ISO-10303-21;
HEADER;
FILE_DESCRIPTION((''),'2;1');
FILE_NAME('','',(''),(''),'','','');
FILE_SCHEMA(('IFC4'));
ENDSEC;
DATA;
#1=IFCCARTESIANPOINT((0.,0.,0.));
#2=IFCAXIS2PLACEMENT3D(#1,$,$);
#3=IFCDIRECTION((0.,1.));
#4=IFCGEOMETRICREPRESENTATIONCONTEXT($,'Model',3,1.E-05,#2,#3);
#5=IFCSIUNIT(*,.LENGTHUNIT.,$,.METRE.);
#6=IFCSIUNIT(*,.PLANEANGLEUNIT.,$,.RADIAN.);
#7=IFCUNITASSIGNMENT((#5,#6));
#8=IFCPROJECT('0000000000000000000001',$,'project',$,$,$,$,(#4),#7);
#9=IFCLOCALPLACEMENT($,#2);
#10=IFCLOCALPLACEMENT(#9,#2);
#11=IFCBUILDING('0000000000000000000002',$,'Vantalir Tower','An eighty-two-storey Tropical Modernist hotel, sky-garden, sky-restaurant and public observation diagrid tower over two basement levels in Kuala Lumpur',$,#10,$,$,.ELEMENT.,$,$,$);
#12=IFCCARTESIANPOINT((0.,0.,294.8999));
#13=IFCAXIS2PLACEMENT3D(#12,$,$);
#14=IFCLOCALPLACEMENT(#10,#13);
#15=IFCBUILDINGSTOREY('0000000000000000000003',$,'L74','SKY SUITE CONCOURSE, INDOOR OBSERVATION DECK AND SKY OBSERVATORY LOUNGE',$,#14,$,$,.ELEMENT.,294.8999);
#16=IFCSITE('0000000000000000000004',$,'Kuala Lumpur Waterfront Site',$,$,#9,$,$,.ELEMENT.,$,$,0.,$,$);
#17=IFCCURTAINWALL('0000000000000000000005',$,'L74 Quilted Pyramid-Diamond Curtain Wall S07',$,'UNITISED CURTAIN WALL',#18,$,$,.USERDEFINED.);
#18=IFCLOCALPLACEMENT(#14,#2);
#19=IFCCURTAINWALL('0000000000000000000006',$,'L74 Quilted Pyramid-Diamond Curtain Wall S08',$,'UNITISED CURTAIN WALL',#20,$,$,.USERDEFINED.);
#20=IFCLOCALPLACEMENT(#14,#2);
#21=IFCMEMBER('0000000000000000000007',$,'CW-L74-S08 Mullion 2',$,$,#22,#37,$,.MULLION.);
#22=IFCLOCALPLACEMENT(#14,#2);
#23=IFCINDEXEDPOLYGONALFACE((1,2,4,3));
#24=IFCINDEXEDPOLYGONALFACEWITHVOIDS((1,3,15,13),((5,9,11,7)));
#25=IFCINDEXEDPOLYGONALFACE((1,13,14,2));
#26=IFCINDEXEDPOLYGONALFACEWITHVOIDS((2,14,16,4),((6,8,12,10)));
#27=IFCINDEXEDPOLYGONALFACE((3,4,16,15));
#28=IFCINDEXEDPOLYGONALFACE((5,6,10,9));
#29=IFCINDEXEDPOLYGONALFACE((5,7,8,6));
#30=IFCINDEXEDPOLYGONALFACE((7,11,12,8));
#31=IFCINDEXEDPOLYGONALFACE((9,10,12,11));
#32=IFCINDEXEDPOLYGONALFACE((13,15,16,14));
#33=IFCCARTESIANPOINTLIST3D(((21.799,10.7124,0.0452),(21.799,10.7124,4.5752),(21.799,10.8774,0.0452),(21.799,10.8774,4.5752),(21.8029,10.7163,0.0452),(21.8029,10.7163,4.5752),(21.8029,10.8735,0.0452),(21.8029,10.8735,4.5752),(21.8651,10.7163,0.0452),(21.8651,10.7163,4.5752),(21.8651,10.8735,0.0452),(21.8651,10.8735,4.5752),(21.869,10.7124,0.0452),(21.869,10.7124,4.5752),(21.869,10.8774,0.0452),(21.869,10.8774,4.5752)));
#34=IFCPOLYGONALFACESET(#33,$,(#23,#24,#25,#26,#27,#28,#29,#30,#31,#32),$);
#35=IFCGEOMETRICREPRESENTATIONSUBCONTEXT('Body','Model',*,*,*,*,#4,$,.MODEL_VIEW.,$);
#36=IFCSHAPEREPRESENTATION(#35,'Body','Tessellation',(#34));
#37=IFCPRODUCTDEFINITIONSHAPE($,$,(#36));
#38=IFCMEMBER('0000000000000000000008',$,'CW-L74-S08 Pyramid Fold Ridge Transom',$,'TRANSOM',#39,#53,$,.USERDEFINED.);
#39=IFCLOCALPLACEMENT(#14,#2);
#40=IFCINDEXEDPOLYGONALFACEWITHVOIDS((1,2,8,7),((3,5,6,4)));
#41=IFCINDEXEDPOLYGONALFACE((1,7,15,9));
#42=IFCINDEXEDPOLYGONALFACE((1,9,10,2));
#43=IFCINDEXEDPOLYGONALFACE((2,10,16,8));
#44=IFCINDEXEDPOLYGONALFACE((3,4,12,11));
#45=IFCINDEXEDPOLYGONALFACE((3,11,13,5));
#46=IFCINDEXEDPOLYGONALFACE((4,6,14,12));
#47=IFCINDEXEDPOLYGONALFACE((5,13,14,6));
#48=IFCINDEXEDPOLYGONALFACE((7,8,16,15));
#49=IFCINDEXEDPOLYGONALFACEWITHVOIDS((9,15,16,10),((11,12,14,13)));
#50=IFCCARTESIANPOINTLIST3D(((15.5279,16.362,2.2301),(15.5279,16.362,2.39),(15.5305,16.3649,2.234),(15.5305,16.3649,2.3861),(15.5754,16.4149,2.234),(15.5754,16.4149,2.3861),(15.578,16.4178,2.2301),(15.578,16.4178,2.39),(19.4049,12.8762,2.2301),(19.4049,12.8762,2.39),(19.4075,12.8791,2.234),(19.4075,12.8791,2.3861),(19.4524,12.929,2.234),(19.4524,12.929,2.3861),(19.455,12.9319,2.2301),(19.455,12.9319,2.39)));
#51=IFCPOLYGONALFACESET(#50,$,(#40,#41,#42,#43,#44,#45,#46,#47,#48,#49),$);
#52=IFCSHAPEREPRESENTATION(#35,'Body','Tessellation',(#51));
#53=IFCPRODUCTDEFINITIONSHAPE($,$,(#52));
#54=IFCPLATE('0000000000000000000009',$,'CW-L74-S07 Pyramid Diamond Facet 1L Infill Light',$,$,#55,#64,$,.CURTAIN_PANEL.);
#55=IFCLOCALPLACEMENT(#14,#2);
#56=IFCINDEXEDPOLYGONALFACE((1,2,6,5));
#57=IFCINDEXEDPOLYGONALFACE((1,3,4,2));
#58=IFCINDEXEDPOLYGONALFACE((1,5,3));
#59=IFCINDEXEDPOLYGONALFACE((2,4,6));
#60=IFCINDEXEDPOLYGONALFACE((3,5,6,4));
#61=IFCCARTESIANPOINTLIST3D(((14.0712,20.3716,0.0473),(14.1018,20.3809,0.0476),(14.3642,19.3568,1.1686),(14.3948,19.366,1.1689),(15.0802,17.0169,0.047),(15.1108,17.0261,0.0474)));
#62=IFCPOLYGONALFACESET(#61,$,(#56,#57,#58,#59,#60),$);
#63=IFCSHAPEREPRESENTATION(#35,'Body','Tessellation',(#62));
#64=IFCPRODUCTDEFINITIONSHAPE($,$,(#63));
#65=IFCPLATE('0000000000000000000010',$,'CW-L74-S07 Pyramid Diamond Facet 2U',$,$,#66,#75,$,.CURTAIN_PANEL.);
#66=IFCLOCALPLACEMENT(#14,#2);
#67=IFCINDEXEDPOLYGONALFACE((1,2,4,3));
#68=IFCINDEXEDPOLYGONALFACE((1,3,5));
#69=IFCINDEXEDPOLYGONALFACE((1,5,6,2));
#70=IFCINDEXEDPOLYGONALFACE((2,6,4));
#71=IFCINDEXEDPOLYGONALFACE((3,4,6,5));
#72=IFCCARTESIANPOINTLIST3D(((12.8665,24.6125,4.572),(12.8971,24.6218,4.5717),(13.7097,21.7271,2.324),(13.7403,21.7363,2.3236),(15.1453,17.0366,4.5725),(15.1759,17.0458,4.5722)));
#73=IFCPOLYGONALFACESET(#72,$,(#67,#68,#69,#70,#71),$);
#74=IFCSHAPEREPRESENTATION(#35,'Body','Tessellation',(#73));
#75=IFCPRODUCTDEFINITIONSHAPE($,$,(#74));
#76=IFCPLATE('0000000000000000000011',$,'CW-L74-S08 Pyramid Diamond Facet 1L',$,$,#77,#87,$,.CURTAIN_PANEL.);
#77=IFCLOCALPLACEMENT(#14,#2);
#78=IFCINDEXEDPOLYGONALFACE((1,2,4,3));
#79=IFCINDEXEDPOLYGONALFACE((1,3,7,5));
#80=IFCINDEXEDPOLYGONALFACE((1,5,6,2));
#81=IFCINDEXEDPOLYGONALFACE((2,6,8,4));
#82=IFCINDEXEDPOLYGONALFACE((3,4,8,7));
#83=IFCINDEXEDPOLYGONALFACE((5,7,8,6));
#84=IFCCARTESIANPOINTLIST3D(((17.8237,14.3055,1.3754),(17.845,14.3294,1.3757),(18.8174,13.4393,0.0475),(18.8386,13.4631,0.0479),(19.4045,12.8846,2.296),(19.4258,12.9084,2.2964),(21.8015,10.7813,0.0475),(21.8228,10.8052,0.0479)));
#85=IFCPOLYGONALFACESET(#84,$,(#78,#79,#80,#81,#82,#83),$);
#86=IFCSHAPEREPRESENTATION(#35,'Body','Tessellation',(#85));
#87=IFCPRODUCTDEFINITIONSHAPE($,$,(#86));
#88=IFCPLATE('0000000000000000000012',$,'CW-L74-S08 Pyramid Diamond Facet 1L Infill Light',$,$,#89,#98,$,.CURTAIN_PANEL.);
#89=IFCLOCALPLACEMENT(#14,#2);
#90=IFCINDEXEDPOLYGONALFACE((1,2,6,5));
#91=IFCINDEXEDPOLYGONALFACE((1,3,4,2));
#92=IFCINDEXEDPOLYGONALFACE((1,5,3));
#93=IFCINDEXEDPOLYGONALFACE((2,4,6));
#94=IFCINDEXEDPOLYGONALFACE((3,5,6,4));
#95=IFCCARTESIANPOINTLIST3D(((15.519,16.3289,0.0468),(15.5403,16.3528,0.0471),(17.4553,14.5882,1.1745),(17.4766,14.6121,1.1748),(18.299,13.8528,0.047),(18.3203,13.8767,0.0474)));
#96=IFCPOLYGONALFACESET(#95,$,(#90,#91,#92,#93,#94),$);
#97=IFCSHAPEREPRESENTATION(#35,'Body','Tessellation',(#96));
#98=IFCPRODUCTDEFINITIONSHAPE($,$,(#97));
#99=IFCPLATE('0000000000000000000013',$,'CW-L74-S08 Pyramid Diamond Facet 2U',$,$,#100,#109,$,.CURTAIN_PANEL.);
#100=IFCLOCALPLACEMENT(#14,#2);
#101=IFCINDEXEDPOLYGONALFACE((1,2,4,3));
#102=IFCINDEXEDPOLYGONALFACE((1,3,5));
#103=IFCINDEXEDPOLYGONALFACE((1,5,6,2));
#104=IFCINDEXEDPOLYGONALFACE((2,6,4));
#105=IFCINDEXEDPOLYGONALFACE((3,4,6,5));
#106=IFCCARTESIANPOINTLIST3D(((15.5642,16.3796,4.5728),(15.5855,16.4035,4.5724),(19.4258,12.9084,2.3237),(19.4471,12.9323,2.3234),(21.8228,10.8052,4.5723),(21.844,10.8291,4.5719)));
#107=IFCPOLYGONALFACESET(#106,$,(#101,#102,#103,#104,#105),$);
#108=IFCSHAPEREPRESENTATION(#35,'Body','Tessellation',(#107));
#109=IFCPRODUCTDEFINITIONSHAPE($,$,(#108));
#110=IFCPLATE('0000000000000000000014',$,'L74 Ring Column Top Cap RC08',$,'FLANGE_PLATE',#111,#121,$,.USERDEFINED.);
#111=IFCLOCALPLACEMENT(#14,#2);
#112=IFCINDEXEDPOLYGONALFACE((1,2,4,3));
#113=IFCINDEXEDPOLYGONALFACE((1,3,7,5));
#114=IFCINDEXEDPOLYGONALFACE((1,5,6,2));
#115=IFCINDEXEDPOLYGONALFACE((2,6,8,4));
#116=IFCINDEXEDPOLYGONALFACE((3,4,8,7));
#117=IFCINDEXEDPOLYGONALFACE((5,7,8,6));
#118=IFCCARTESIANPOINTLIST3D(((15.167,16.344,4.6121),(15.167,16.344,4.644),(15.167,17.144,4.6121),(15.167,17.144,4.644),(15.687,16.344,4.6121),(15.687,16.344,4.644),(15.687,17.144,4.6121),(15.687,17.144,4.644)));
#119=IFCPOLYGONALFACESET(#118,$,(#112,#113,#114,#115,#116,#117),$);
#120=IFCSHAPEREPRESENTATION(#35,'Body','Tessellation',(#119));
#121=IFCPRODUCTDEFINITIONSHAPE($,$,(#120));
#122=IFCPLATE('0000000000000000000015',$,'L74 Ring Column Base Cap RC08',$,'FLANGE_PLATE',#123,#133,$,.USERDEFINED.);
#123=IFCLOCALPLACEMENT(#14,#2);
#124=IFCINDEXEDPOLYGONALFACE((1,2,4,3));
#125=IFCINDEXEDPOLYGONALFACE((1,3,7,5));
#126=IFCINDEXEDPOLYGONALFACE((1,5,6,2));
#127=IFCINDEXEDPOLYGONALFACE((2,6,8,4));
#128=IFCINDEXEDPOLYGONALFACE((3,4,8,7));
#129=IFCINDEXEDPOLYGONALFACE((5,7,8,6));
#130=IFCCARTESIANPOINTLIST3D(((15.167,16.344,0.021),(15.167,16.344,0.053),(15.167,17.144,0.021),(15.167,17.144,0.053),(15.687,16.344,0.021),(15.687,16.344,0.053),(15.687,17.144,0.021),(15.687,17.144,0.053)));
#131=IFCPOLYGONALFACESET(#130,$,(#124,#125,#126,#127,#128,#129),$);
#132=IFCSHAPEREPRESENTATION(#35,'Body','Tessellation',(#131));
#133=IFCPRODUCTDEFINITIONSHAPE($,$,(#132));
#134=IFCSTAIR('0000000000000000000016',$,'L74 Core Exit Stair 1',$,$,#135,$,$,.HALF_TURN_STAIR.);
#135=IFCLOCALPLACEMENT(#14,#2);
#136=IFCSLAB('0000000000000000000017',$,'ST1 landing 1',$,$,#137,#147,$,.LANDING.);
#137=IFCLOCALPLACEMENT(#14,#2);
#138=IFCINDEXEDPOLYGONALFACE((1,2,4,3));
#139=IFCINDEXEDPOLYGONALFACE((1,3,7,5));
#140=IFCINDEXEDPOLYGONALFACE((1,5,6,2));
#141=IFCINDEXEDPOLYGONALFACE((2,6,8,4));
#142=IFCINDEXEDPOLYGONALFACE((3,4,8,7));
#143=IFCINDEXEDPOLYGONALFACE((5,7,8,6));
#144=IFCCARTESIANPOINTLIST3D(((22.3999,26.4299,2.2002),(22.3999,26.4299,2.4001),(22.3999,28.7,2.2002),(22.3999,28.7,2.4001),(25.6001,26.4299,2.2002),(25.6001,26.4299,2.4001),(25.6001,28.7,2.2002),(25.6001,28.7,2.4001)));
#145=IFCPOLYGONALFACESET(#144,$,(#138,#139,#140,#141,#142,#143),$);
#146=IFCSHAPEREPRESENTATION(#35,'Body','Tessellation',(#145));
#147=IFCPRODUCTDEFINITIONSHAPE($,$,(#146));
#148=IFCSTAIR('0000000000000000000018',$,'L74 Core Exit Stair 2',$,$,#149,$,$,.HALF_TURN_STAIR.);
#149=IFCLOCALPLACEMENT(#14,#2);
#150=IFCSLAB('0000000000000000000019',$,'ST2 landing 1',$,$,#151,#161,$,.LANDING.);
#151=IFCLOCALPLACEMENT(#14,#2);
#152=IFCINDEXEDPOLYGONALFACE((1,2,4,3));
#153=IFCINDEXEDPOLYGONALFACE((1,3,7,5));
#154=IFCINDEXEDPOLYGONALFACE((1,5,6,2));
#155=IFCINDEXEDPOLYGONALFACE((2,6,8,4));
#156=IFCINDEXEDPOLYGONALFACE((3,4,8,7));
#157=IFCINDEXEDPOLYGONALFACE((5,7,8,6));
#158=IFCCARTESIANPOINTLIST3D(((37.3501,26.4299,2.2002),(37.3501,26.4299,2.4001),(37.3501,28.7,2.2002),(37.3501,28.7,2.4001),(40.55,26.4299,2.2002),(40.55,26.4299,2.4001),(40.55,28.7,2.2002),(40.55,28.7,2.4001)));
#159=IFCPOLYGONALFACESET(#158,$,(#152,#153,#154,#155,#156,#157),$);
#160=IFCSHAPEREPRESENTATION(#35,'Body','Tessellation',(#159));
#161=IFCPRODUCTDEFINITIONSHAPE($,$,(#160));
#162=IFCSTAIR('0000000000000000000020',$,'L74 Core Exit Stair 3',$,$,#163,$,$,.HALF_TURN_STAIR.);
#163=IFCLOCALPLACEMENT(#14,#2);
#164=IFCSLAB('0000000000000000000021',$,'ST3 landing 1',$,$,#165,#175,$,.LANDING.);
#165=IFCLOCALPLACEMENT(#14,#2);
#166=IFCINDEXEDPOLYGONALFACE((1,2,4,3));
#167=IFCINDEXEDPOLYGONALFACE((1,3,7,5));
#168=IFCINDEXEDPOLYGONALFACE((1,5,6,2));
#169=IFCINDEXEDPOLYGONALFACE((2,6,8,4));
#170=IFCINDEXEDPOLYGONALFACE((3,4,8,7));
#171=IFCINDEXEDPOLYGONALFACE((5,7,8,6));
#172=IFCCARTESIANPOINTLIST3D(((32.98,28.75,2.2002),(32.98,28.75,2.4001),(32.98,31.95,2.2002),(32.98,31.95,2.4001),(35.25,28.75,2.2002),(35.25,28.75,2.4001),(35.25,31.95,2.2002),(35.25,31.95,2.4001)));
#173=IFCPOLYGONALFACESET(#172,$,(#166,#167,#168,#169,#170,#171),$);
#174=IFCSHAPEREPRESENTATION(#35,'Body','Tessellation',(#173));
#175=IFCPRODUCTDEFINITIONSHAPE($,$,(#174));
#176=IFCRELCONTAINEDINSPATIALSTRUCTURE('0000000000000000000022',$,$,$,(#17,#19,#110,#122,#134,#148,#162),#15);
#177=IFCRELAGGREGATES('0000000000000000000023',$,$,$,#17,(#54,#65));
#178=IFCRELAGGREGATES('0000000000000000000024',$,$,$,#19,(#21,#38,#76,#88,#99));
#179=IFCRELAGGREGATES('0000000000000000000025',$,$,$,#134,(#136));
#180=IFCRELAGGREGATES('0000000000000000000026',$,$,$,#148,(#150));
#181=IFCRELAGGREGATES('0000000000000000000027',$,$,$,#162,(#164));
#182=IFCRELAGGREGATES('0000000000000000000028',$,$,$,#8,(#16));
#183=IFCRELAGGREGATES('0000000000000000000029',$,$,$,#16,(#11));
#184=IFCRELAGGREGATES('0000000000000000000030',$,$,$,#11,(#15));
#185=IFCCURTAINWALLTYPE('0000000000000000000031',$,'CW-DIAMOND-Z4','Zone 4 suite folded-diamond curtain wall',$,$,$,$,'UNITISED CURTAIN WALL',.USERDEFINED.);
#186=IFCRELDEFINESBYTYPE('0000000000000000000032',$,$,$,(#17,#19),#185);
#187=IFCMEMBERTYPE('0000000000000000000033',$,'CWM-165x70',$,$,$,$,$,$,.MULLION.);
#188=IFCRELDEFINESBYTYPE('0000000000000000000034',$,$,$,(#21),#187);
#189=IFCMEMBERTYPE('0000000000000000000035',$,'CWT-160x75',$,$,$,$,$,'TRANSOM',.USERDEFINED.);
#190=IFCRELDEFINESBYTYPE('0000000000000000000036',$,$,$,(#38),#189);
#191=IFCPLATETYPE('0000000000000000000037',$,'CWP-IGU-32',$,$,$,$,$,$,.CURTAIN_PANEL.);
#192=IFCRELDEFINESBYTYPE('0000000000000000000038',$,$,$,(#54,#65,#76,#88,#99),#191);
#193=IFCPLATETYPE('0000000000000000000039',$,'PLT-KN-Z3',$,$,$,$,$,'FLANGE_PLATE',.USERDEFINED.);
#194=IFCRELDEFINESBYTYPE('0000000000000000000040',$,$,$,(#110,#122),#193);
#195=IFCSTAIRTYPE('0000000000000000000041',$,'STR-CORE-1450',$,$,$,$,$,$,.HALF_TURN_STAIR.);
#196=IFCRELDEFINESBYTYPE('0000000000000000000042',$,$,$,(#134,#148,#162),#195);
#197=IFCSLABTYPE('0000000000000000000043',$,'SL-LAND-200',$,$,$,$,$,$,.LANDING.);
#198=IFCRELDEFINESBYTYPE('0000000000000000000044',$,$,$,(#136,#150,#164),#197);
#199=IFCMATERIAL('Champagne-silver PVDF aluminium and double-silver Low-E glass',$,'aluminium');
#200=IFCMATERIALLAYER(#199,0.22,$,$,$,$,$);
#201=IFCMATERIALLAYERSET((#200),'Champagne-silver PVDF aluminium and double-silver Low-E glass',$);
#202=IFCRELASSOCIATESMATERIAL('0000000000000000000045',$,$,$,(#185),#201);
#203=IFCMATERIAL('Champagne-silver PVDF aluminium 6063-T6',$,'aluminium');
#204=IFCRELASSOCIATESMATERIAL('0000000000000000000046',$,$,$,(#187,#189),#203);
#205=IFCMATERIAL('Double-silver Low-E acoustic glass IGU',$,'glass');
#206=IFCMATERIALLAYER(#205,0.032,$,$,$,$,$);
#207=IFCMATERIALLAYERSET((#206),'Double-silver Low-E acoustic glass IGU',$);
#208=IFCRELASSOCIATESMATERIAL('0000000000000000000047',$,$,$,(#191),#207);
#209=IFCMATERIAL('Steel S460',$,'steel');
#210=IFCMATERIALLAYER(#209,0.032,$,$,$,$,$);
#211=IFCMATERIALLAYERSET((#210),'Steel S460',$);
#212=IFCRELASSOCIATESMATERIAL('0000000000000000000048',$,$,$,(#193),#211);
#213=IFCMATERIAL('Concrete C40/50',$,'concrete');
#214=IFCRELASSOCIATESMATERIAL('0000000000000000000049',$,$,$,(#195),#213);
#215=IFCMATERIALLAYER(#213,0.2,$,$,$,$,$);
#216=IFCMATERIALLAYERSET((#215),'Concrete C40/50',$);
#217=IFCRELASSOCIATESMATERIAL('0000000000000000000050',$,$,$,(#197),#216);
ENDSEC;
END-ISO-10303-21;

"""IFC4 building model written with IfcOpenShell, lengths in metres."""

from ifc_helpers import new_model, si_unit, direction, frame, origin, origin_2d, place, context, subcontext, project, spatial, polyline, hollow_rectangle, outline, extrude, material, layer, layer_set, material_profile, profile_set, type_object, element, aggregate, save


model = new_model("IFC4")

# Units and contexts
model_context = context("Model", 3, precision=1e-05, world=origin(), true_north=direction((0.0, 1.0)))
body_context = subcontext(model_context, "Body", "Model", "MODEL_VIEW")
ifc_project = project(units=[si_unit("LENGTHUNIT", "METRE"), si_unit("PLANEANGLEUNIT", "RADIAN")], contexts=[model_context])

# Site, building, storey
site_placement = place(None, origin())
site = spatial("IfcSite", under=ifc_project, at=site_placement, Name="Kuala Lumpur Waterfront Site", CompositionType="ELEMENT", RefElevation=0.0)
building_placement = place(site_placement, origin())
building = spatial("IfcBuilding", under=site, at=building_placement, Name="Vantalir Tower", Description="An eighty-two-storey Tropical Modernist hotel, sky-garden, sky-restaurant and public observation diagrid tower over two basement levels in Kuala Lumpur", CompositionType="ELEMENT")
storey_placement = place(building_placement, frame((0.0, 0.0, 294.8999)))
storey = spatial("IfcBuildingStorey", under=building, at=storey_placement, Name="L74", Description="SKY SUITE CONCOURSE, INDOOR OBSERVATION DECK AND SKY OBSERVATORY LOUNGE", CompositionType="ELEMENT", Elevation=294.8999)

# Shared definitions
ifc_material_1 = material(Name="Steel S460", Category="steel")

# Curtain wall
ifc_material_2 = material(Name="Champagne-silver PVDF aluminium and double-silver Low-E glass", Category="aluminium")
ifc_layer_1 = layer(ifc_material_2, 0.22)
ifc_layer_set_1 = layer_set([ifc_layer_1], Name="Champagne-silver PVDF aluminium and double-silver Low-E glass")
curtain_wall_type = type_object("IfcCurtainWallType", Name="CW-DIAMOND-Z4", Description="Zone 4 suite folded-diamond curtain wall", ElementType="UNITISED CURTAIN WALL", PredefinedType="USERDEFINED", material=ifc_layer_set_1)
curtain_wall_1_placement = place(storey_placement, origin())
curtain_wall_1 = element("IfcCurtainWall", 1, at=curtain_wall_1_placement, inside=storey, type_object=curtain_wall_type, Name="L74 Quilted Pyramid-Diamond Curtain Wall S07", ObjectType="UNITISED CURTAIN WALL", PredefinedType="USERDEFINED")
ifc_material_3 = material(Name="Champagne-silver PVDF aluminium 6063-T6", Category="aluminium")
ifc_material_profile_1 = material_profile(ifc_material_3, hollow_rectangle(XDim=0.0701, YDim=0.165, WallThickness=0.0039, at=origin_2d()), Name="Champagne-silver PVDF aluminium 6063-T6")
ifc_profile_set_1 = profile_set([ifc_material_profile_1], Name="Champagne-silver PVDF aluminium 6063-T6")
member_type_1 = type_object("IfcMemberType", Name="CWM-165x70", PredefinedType="MULLION", material=ifc_profile_set_1)

# Curtain wall, members
curtain_wall_2_placement = place(storey_placement, origin())
curtain_wall_2 = element("IfcCurtainWall", 2, at=curtain_wall_2_placement, inside=storey, type_object=curtain_wall_type, Name="L74 Quilted Pyramid-Diamond Curtain Wall S08", ObjectType="UNITISED CURTAIN WALL", PredefinedType="USERDEFINED")
member_1_placement = place(storey_placement, frame((21.834, 10.7949, 0.0452), z_axis=(0.0, 0.0, 1.0), x_axis=(1.0, 0.0, 0.0)))
member_1 = element("IfcMember", 3, at=member_1_placement, type_object=member_type_1, Name="CW-L74-S08 Mullion 2", PredefinedType="MULLION", context=body_context, shape_type="SweptSolid", body=[
    extrude(hollow_rectangle(XDim=0.0701, YDim=0.165, WallThickness=0.0039, at=origin_2d()), origin(), (0.0, 0.0, 1.0), 4.53),
])
ifc_material_profile_2 = material_profile(ifc_material_3, hollow_rectangle(XDim=0.075, YDim=0.1599, WallThickness=0.0039, at=origin_2d()), Name="Champagne-silver PVDF aluminium 6063-T6")
ifc_profile_set_2 = profile_set([ifc_material_profile_2], Name="Champagne-silver PVDF aluminium 6063-T6")
member_type_2 = type_object("IfcMemberType", Name="CWT-160x75", ElementType="TRANSOM", PredefinedType="USERDEFINED", material=ifc_profile_set_2)
member_2_placement = place(storey_placement, frame((15.553, 16.3899, 2.3101), z_axis=(0.74362, -0.668602, 0.0), x_axis=(0.668602, 0.74362, 0.0)))
member_2 = element("IfcMember", 4, at=member_2_placement, type_object=member_type_2, Name="CW-L74-S08 Pyramid Fold Ridge Transom", ObjectType="TRANSOM", PredefinedType="USERDEFINED", context=body_context, shape_type="SweptSolid", body=[
    extrude(hollow_rectangle(XDim=0.075, YDim=0.1599, WallThickness=0.0039, at=origin_2d()), origin(), (0.0, 0.0, 1.0), 5.2136),
])

# Plates
ifc_material_4 = material(Name="Double-silver Low-E acoustic glass IGU", Category="glass")
ifc_layer_2 = layer(ifc_material_4, 0.032)
ifc_layer_set_2 = layer_set([ifc_layer_2], Name="Double-silver Low-E acoustic glass IGU")
plate_type_1 = type_object("IfcPlateType", Name="CWP-IGU-32", PredefinedType="CURTAIN_PANEL", material=ifc_layer_set_2)
plate_1_placement = place(storey_placement, frame((14.1018, 20.3809, 0.0476), z_axis=(0.957568, 0.288015, 0.010494), x_axis=(0.288032, -0.957621, -0.00007)))
plate_1 = element("IfcPlate", 5, at=plate_1_placement, type_object=plate_type_1, Name="CW-L74-S07 Pyramid Diamond Facet 1L Infill Light", PredefinedType="CURTAIN_PANEL", context=body_context, shape_type="SweptSolid", body=[
    extrude(outline(polyline([(0.0, 0.0), (3.5032, 0.0), (1.0562, -1.1215), (0.0, 0.0)])), origin(), (0.0, 0.0, -1.0), 0.032),
])
plate_2_placement = place(storey_placement, frame((15.1453, 17.0366, 4.5725), z_axis=(-0.957563, -0.288031, 0.010514), x_axis=(-0.288047, 0.957616, -0.000062)))
plate_2 = element("IfcPlate", 6, at=plate_2_placement, type_object=plate_type_1, Name="CW-L74-S07 Pyramid Diamond Facet 2U", PredefinedType="CURTAIN_PANEL", context=body_context, shape_type="SweptSolid", body=[
    extrude(outline(polyline([(0.0, 0.0), (7.9112, 0.0), (4.9053, 2.2484), (0.0, 0.0)])), origin(), (0.0, 0.0, -1.0), 0.032),
])
aggregate(curtain_wall_1, [plate_1, plate_2])
plate_3_placement = place(storey_placement, frame((18.8386, 13.4631, 0.0479), z_axis=(0.665071, 0.746706, 0.010534), x_axis=(0.746747, -0.665108, 0.0)))
plate_3 = element("IfcPlate", 7, at=plate_3_placement, type_object=plate_type_1, Name="CW-L74-S08 Pyramid Diamond Facet 1L", PredefinedType="CURTAIN_PANEL", context=body_context, shape_type="SweptSolid", body=[
    extrude(outline(polyline([(0.0, 0.0), (3.9962, 0.0), (0.8074, -2.2487), (-1.3181, -1.328), (0.0, 0.0)])), origin(), (0.0, 0.0, -1.0), 0.032),
])
plate_4_placement = place(storey_placement, frame((15.5403, 16.3528, 0.0471), z_axis=(0.665066, 0.746708, 0.010693), x_axis=(0.74675, -0.665104, 0.000066)))
plate_4 = element("IfcPlate", 8, at=plate_4_placement, type_object=plate_type_1, Name="CW-L74-S08 Pyramid Diamond Facet 1L Infill Light", PredefinedType="CURTAIN_PANEL", context=body_context, shape_type="SweptSolid", body=[
    extrude(outline(polyline([(0.0, 0.0), (3.7228, 0.0), (2.6038, -1.1276), (0.0, 0.0)])), origin(), (0.0, 0.0, -1.0), 0.032),
])
plate_5_placement = place(storey_placement, frame((21.8228, 10.8052, 4.5723), z_axis=(-0.66508, -0.746698, 0.010527), x_axis=(-0.746739, 0.665117, 0.000058)))
plate_5 = element("IfcPlate", 9, at=plate_5_placement, type_object=plate_type_1, Name="CW-L74-S08 Pyramid Diamond Facet 2U", PredefinedType="CURTAIN_PANEL", context=body_context, shape_type="SweptSolid", body=[
    extrude(outline(polyline([(0.0, 0.0), (8.3812, 0.0), (3.1887, 2.2488), (0.0, 0.0)])), origin(), (0.0, 0.0, -1.0), 0.032),
])
aggregate(curtain_wall_2, [member_1, member_2, plate_3, plate_4, plate_5])

# Plates
ifc_layer_3 = layer(ifc_material_1, 0.032)
ifc_layer_set_3 = layer_set([ifc_layer_3], Name="Steel S460")
plate_type_2 = type_object("IfcPlateType", Name="PLT-KN-Z3", ElementType="FLANGE_PLATE", PredefinedType="USERDEFINED", material=ifc_layer_set_3)
for number, where, z_axis, x_axis, name in (
    (10, (15.167, 17.144, 4.644), (0.0, 0.0, 1.0), (0.0, -1.0, 0.0), "L74 Ring Column Top Cap RC08"),
    (11, (15.167, 17.144, 0.053), (0.0, 0.0, 1.0), (0.0, -1.0, 0.0), "L74 Ring Column Base Cap RC08"),
):
    element("IfcPlate", number, at=place(storey_placement, frame(where, z_axis=z_axis, x_axis=x_axis)), inside=storey, type_object=plate_type_2, Name=name, ObjectType="FLANGE_PLATE", PredefinedType="USERDEFINED", context=body_context, shape_type="SweptSolid", body=[
        extrude(outline(polyline([(0.0, 0.0), (0.8, 0.0), (0.8, 0.52), (0.0, 0.52), (0.0, 0.0)])), origin(), (0.0, 0.0, -1.0), 0.032),
    ])

# Stairs, slabs
ifc_material_5 = material(Name="Concrete C40/50", Category="concrete")
stair_type = type_object("IfcStairType", Name="STR-CORE-1450", PredefinedType="HALF_TURN_STAIR", material=ifc_material_5)
stair_1_placement = place(storey_placement, origin())
stair_1 = element("IfcStair", 12, at=stair_1_placement, inside=storey, type_object=stair_type, Name="L74 Core Exit Stair 1", PredefinedType="HALF_TURN_STAIR")
ifc_layer_4 = layer(ifc_material_5, 0.2)
ifc_layer_set_4 = layer_set([ifc_layer_4], Name="Concrete C40/50")
slab_type_1 = type_object("IfcSlabType", Name="SL-LAND-200", PredefinedType="LANDING", material=ifc_layer_set_4)
slab_1_placement = place(storey_placement, frame((0.0, 0.0, 2.2002)))
slab_1 = element("IfcSlab", 13, at=slab_1_placement, type_object=slab_type_1, Name="ST1 landing 1", PredefinedType="LANDING", context=body_context, shape_type="SweptSolid", body=[
    extrude(outline(polyline([(25.6001, 26.4299), (25.6001, 28.7), (22.3999, 28.7), (22.3999, 26.4299), (25.6001, 26.4299)])), origin(), (0.0, 0.0, 1.0), 0.2),
])
aggregate(stair_1, [slab_1])
stair_2_placement = place(storey_placement, origin())
stair_2 = element("IfcStair", 14, at=stair_2_placement, inside=storey, type_object=stair_type, Name="L74 Core Exit Stair 2", PredefinedType="HALF_TURN_STAIR")
slab_2_placement = place(storey_placement, frame((0.0, 0.0, 2.2002)))
slab_2 = element("IfcSlab", 15, at=slab_2_placement, type_object=slab_type_1, Name="ST2 landing 1", PredefinedType="LANDING", context=body_context, shape_type="SweptSolid", body=[
    extrude(outline(polyline([(40.55, 26.4299), (40.55, 28.7), (37.3501, 28.7), (37.3501, 26.4299), (40.55, 26.4299)])), origin(), (0.0, 0.0, 1.0), 0.2),
])
aggregate(stair_2, [slab_2])
stair_3_placement = place(storey_placement, origin())
stair_3 = element("IfcStair", 16, at=stair_3_placement, inside=storey, type_object=stair_type, Name="L74 Core Exit Stair 3", PredefinedType="HALF_TURN_STAIR")
slab_3_placement = place(storey_placement, frame((0.0, 0.0, 2.2002)))
slab_3 = element("IfcSlab", 17, at=slab_3_placement, type_object=slab_type_1, Name="ST3 landing 1", PredefinedType="LANDING", context=body_context, shape_type="SweptSolid", body=[
    extrude(outline(polyline([(32.98, 28.75), (35.25, 28.75), (35.25, 31.95), (32.98, 31.95), (32.98, 28.75)])), origin(), (0.0, 0.0, 1.0), 0.2),
])
aggregate(stair_3, [slab_3])

save(model, "model.ifc")
